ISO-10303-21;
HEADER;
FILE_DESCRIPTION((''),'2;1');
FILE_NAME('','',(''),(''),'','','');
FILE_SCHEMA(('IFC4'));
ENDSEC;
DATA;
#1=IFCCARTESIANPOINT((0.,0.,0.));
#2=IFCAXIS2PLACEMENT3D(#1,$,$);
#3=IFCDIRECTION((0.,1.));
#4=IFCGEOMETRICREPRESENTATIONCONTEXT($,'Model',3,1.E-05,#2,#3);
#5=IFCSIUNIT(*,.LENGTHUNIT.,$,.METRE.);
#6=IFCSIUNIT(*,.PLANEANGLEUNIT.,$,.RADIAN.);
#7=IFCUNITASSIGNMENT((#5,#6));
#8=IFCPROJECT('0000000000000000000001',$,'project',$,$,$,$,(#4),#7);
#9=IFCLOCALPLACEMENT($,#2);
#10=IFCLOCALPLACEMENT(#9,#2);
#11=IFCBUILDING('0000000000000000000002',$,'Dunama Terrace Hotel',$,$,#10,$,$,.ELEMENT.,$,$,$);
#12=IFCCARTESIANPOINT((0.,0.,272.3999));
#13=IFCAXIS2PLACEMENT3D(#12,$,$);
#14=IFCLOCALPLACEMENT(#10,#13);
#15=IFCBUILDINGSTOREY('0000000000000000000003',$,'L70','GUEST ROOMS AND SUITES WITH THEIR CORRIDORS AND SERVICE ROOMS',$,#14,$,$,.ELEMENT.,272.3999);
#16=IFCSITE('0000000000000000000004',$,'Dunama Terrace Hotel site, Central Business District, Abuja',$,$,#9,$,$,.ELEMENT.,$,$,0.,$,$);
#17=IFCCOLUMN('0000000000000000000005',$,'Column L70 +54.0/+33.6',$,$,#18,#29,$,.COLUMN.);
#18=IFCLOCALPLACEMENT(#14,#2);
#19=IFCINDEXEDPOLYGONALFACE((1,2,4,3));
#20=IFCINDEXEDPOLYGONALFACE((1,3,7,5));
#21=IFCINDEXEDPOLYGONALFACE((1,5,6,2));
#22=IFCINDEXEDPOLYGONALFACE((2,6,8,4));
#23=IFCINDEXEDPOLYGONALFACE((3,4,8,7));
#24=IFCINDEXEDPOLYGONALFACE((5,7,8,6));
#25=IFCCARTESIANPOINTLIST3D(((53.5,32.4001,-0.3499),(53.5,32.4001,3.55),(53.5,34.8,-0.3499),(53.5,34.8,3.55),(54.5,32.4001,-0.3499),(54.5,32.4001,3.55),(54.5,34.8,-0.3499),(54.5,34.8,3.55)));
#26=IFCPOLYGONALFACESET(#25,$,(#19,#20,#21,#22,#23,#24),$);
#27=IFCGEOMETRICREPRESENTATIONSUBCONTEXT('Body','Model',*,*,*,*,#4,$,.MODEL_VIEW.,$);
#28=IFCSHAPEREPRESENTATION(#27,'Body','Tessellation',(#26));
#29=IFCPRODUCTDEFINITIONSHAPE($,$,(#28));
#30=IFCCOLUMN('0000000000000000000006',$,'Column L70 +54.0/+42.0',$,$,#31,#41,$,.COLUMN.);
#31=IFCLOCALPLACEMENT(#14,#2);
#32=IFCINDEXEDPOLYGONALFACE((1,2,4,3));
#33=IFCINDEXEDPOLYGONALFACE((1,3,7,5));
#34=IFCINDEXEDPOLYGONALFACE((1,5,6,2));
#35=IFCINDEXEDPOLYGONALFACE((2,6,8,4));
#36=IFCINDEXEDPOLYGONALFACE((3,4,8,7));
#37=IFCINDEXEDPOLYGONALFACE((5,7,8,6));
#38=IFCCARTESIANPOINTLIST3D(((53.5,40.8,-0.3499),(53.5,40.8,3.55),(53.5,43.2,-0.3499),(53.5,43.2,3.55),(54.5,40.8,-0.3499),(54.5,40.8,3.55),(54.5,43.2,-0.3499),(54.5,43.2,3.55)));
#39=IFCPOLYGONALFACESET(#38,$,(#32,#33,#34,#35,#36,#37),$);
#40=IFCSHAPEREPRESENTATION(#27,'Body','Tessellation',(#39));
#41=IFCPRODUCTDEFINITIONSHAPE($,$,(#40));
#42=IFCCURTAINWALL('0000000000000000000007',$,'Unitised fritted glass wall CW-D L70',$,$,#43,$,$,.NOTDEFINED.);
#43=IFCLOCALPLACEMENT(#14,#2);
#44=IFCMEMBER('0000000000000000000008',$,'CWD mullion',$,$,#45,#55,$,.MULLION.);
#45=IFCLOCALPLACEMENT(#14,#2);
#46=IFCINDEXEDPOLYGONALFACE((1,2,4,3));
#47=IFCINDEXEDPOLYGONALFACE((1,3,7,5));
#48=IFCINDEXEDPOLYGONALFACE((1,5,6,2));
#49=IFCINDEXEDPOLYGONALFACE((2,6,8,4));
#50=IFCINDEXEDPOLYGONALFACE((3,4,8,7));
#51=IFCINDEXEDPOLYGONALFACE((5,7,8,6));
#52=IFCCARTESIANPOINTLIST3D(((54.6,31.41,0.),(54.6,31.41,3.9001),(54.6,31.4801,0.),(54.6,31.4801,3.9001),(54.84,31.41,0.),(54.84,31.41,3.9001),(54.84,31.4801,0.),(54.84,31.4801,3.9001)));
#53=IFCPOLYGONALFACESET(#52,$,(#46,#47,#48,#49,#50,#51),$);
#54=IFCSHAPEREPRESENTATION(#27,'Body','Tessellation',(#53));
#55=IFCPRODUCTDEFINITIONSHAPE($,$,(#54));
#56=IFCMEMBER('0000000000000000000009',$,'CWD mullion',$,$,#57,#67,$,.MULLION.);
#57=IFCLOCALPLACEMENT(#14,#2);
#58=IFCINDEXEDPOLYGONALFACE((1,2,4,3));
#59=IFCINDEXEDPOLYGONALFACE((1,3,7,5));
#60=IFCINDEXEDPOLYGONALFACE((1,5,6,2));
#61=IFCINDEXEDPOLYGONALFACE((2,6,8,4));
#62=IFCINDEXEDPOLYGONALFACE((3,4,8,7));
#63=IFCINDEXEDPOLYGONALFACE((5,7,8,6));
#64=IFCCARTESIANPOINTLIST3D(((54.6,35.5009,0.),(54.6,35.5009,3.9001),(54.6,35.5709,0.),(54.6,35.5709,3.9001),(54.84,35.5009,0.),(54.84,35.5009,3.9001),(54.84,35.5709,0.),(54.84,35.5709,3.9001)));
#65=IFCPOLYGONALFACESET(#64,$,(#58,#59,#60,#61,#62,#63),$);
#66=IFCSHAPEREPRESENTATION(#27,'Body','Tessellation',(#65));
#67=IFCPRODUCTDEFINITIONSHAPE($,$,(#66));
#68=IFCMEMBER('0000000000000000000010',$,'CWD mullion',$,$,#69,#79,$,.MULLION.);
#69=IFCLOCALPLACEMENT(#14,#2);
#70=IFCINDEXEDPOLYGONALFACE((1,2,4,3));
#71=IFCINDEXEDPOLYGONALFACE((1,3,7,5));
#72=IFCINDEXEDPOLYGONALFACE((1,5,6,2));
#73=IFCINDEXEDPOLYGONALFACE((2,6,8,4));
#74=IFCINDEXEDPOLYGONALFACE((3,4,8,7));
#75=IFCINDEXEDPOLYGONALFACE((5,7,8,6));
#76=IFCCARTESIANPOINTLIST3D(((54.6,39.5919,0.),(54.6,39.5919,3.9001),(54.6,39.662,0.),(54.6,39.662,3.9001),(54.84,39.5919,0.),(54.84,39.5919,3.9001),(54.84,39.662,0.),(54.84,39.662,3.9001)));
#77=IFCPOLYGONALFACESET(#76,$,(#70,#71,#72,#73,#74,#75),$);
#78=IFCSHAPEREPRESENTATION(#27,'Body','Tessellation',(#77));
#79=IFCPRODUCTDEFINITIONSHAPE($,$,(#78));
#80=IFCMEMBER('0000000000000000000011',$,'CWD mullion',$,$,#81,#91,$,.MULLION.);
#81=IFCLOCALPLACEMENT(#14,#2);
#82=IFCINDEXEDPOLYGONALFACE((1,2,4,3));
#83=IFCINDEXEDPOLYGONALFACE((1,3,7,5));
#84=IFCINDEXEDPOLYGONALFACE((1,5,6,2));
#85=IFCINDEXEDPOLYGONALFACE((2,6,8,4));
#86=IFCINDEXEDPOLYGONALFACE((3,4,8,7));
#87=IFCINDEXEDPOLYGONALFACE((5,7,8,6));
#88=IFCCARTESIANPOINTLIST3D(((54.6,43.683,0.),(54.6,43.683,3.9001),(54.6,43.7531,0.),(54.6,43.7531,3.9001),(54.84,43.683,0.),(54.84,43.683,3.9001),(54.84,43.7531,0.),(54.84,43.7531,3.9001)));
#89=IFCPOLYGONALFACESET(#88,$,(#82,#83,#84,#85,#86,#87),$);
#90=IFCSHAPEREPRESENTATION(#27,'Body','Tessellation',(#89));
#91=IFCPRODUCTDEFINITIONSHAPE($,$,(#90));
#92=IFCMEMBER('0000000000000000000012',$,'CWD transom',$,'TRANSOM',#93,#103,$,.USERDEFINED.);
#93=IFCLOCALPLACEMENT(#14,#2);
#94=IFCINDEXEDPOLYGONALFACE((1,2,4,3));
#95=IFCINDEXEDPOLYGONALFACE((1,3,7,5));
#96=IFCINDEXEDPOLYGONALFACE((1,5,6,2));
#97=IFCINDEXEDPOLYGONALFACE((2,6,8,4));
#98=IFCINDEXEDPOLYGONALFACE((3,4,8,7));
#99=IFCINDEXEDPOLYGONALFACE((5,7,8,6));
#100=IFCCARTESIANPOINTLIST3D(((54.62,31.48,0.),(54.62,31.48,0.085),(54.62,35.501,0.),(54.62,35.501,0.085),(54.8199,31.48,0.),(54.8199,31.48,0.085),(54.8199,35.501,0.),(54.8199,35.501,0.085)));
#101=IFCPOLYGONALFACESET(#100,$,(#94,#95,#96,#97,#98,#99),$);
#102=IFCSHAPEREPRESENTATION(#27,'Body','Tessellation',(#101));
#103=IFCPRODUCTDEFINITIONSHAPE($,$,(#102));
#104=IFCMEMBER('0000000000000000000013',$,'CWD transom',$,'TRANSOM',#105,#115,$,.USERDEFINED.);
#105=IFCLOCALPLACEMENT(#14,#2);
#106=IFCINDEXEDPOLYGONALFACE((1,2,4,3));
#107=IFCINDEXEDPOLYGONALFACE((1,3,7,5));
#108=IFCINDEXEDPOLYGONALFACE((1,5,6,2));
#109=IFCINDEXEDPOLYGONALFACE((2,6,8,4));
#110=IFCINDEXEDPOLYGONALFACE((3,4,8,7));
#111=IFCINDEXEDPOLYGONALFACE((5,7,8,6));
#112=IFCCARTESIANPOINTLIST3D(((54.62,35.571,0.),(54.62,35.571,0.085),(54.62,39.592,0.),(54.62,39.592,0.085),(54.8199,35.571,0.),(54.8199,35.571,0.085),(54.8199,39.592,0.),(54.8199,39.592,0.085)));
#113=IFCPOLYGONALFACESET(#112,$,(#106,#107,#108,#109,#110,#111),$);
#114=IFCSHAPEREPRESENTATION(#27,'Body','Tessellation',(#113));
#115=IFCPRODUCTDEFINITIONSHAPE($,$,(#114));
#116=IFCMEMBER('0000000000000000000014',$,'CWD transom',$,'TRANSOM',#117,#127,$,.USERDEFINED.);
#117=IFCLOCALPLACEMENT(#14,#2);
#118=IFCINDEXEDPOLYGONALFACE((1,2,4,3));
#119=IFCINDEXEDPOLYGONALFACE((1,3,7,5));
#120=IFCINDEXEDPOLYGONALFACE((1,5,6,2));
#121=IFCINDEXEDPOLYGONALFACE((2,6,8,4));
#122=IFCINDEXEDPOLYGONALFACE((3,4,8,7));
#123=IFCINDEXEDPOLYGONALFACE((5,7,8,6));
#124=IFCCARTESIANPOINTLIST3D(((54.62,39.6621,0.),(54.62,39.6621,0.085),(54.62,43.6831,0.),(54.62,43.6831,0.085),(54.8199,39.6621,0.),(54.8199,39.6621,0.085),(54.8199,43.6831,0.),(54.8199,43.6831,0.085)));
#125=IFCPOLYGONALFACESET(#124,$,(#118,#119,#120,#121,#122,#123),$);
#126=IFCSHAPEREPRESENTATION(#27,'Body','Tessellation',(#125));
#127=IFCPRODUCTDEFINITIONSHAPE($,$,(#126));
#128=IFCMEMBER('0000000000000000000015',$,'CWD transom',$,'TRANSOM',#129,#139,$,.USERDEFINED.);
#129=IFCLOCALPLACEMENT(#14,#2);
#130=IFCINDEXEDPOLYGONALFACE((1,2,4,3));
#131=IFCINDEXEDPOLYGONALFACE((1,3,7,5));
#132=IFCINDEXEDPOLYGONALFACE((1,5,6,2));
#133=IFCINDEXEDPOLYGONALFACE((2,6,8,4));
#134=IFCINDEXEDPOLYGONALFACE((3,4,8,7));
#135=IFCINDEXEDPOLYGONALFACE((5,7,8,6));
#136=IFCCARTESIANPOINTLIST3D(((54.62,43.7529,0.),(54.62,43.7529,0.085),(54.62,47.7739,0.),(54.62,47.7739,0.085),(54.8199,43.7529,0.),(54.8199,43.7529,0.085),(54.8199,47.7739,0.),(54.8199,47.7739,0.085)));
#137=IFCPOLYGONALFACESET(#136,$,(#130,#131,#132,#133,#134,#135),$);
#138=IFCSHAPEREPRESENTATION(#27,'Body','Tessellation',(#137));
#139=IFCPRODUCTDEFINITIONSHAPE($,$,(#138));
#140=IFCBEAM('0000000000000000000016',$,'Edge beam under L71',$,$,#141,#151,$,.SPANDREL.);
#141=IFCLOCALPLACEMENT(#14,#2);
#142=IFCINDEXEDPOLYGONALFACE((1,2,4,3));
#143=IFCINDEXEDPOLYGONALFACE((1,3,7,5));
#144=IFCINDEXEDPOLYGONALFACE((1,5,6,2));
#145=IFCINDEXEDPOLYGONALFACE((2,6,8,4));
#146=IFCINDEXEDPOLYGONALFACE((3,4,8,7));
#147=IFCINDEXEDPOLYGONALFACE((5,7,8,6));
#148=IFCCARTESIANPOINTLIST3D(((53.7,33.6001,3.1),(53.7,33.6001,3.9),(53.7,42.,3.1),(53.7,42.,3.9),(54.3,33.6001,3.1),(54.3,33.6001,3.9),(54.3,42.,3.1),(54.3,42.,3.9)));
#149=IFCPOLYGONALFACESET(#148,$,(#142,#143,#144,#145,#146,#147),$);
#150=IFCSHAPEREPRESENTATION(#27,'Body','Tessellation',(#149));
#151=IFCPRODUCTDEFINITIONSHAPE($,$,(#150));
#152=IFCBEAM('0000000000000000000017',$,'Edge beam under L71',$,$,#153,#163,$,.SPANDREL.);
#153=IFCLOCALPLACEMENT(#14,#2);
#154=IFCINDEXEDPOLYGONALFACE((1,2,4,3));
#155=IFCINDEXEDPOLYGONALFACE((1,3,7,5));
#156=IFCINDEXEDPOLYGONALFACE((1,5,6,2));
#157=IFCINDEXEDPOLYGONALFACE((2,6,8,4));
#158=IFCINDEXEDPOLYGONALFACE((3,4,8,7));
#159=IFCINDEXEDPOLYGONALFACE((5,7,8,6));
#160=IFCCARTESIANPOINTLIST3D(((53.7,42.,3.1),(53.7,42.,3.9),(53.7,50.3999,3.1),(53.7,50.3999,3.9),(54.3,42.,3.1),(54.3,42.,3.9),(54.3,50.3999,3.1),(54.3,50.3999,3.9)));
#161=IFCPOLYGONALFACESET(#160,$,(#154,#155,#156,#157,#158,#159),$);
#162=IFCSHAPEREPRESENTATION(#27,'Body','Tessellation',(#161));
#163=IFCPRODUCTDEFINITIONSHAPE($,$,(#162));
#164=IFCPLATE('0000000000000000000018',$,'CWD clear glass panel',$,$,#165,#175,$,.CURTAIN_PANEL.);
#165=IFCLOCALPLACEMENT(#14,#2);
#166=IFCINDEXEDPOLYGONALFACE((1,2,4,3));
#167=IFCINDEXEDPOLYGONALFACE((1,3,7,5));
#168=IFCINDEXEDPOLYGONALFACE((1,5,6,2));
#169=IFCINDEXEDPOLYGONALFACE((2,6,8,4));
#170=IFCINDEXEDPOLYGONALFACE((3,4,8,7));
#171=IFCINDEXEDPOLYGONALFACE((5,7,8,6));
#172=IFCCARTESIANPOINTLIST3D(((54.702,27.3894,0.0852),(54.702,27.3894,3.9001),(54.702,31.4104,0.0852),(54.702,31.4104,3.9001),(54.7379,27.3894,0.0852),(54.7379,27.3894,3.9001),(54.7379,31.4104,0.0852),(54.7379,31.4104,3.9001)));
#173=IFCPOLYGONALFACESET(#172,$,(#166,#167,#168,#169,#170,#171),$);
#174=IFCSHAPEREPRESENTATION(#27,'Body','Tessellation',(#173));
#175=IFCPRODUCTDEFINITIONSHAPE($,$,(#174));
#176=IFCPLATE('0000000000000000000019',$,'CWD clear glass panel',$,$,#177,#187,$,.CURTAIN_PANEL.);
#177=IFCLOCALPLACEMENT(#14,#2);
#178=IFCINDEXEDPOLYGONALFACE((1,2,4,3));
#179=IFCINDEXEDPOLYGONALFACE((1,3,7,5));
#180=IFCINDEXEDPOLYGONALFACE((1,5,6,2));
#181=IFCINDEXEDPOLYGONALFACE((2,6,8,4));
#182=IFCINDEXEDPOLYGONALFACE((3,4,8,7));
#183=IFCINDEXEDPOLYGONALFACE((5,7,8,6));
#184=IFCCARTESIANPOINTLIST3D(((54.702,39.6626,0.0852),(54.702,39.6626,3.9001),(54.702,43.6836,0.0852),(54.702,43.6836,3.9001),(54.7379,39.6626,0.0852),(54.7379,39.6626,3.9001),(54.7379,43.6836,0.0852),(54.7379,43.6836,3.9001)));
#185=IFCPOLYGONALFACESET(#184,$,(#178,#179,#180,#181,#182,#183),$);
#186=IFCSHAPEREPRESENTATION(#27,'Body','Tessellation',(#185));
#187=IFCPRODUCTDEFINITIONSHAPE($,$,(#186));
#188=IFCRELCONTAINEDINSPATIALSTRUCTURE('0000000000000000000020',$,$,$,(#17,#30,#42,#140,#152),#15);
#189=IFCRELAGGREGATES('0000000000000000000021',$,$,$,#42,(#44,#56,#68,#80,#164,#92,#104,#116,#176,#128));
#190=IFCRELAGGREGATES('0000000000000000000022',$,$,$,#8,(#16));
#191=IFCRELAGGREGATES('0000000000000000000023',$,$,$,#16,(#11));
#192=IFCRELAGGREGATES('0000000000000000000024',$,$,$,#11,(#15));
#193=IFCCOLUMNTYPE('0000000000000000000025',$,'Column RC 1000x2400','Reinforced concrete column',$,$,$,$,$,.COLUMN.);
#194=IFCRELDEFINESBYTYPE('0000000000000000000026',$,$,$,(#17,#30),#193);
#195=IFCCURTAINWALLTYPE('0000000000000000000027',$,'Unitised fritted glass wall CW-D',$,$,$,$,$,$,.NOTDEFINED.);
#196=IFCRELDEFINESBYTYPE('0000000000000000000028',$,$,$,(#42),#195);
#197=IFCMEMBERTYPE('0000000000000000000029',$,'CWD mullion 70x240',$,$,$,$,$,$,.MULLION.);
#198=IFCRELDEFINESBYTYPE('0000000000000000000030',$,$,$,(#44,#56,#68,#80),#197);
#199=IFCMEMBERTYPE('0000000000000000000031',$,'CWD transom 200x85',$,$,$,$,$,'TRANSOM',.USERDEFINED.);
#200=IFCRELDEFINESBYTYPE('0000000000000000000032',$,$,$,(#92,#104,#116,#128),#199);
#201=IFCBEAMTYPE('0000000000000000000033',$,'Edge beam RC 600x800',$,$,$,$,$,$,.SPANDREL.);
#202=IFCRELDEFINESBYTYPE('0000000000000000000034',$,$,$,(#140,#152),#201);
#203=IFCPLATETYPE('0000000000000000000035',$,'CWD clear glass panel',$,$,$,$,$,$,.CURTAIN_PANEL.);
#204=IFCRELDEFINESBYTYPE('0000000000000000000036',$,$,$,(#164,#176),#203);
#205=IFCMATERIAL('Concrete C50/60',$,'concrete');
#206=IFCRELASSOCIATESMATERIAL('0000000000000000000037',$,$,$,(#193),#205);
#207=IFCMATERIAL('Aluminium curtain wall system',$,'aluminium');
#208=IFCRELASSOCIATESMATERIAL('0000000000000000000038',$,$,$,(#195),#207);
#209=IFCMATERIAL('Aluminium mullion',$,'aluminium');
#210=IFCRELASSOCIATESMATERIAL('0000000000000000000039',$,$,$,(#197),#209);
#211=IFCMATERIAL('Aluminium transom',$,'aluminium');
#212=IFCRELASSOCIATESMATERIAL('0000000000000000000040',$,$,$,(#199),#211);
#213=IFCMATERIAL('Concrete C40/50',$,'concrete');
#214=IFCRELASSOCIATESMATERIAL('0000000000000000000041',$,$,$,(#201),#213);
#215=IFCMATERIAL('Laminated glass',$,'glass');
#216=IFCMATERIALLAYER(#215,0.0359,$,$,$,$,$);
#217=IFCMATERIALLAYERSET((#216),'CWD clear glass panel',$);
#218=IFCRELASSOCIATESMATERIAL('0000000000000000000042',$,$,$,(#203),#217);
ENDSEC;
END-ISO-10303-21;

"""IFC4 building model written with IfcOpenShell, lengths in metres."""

from ifc_helpers import new_model, si_unit, direction, frame, origin, origin_2d, place, context, subcontext, project, spatial, rectangle, extrude, material, layer, layer_set, material_profile, profile_set, type_object, element, aggregate, save


model = new_model("IFC4")

# Units and contexts
model_context = context("Model", 3, precision=1e-05, world=origin(), true_north=direction((0.0, 1.0)))
body_context = subcontext(model_context, "Body", "Model", "MODEL_VIEW")
ifc_project = project(units=[si_unit("LENGTHUNIT", "METRE"), si_unit("PLANEANGLEUNIT", "RADIAN")], contexts=[model_context])

# Site, building, storey
site_placement = place(None, origin())
site = spatial("IfcSite", under=ifc_project, at=site_placement, Name="Dunama Terrace Hotel site, Central Business District, Abuja", CompositionType="ELEMENT", RefElevation=0.0)
building_placement = place(site_placement, origin())
building = spatial("IfcBuilding", under=site, at=building_placement, Name="Dunama Terrace Hotel", CompositionType="ELEMENT")
storey_placement = place(building_placement, frame((0.0, 0.0, 272.3999)))
storey = spatial("IfcBuildingStorey", under=building, at=storey_placement, Name="L70", Description="GUEST ROOMS AND SUITES WITH THEIR CORRIDORS AND SERVICE ROOMS", CompositionType="ELEMENT", Elevation=272.3999)

# Columns
ifc_material_1 = material(Name="Concrete C50/60", Category="concrete")
ifc_material_profile_1 = material_profile(ifc_material_1, rectangle(XDim=1.0, YDim=2.3999, at=origin_2d()), Name="RC 1000x2400")
ifc_profile_set_1 = profile_set([ifc_material_profile_1], Name="Concrete C50/60")
column_type = type_object("IfcColumnType", Name="Column RC 1000x2400", Description="Reinforced concrete column", PredefinedType="COLUMN", material=ifc_profile_set_1)
for number, where, z_axis, x_axis, name in (
    (1, (54.0, 33.6001, -0.3499), (0.0, 0.0, 1.0), (1.0, 0.0, 0.0), "Column L70 +54.0/+33.6"),
    (2, (54.0, 42.0, -0.3499), (0.0, 0.0, 1.0), (1.0, 0.0, 0.0), "Column L70 +54.0/+42.0"),
):
    element("IfcColumn", number, at=place(storey_placement, frame(where, z_axis=z_axis, x_axis=x_axis)), inside=storey, type_object=column_type, Name=name, PredefinedType="COLUMN", context=body_context, shape_type="SweptSolid", body=[
        extrude(rectangle(XDim=1.0, YDim=2.3999, at=origin_2d()), origin(), (0.0, 0.0, 1.0), 3.8999),
    ])

# Curtain wall, members
ifc_material_2 = material(Name="Aluminium curtain wall system", Category="aluminium")
curtain_wall_type = type_object("IfcCurtainWallType", Name="Unitised fritted glass wall CW-D", PredefinedType="NOTDEFINED", material=ifc_material_2)
curtain_wall_placement = place(storey_placement, origin())
curtain_wall = element("IfcCurtainWall", 3, at=curtain_wall_placement, inside=storey, type_object=curtain_wall_type, Name="Unitised fritted glass wall CW-D L70", PredefinedType="NOTDEFINED")
ifc_material_3 = material(Name="Aluminium mullion", Category="aluminium")
ifc_material_profile_2 = material_profile(ifc_material_3, rectangle(XDim=0.0701, YDim=0.24, at=origin_2d()), Name="CWD MULLION 70X240")
ifc_profile_set_2 = profile_set([ifc_material_profile_2], Name="Aluminium mullion")
member_type_1 = type_object("IfcMemberType", Name="CWD mullion 70x240", PredefinedType="MULLION", material=ifc_profile_set_2)
member_1_placement = place(storey_placement, frame((54.72, 31.4451, 0.0), z_axis=(0.0, 0.0, 1.0), x_axis=(0.0, 1.0, 0.0)))
member_1 = element("IfcMember", 4, at=member_1_placement, type_object=member_type_1, Name="CWD mullion", PredefinedType="MULLION", context=body_context, shape_type="SweptSolid", body=[
    extrude(rectangle(XDim=0.0701, YDim=0.24, at=origin_2d()), origin(), (0.0, 0.0, 1.0), 3.9001),
])
member_2_placement = place(storey_placement, frame((54.72, 35.5359, 0.0), z_axis=(0.0, 0.0, 1.0), x_axis=(0.0, 1.0, 0.0)))
member_2 = element("IfcMember", 5, at=member_2_placement, type_object=member_type_1, Name="CWD mullion", PredefinedType="MULLION", context=body_context, shape_type="SweptSolid", body=[
    extrude(rectangle(XDim=0.0701, YDim=0.24, at=origin_2d()), origin(), (0.0, 0.0, 1.0), 3.9001),
])
member_3_placement = place(storey_placement, frame((54.72, 39.627, 0.0), z_axis=(0.0, 0.0, 1.0), x_axis=(0.0, 1.0, 0.0)))
member_3 = element("IfcMember", 6, at=member_3_placement, type_object=member_type_1, Name="CWD mullion", PredefinedType="MULLION", context=body_context, shape_type="SweptSolid", body=[
    extrude(rectangle(XDim=0.0701, YDim=0.24, at=origin_2d()), origin(), (0.0, 0.0, 1.0), 3.9001),
])
member_4_placement = place(storey_placement, frame((54.72, 43.718, 0.0), z_axis=(0.0, 0.0, 1.0), x_axis=(0.0, 1.0, 0.0)))
member_4 = element("IfcMember", 7, at=member_4_placement, type_object=member_type_1, Name="CWD mullion", PredefinedType="MULLION", context=body_context, shape_type="SweptSolid", body=[
    extrude(rectangle(XDim=0.0701, YDim=0.24, at=origin_2d()), origin(), (0.0, 0.0, 1.0), 3.9001),
])
ifc_material_4 = material(Name="Aluminium transom", Category="aluminium")
ifc_material_profile_3 = material_profile(ifc_material_4, rectangle(XDim=0.2, YDim=0.085, at=origin_2d()), Name="CWD TRANSOM 200X85")
ifc_profile_set_3 = profile_set([ifc_material_profile_3], Name="Aluminium transom")
member_type_2 = type_object("IfcMemberType", Name="CWD transom 200x85", ElementType="TRANSOM", PredefinedType="USERDEFINED", material=ifc_profile_set_3)
member_5_placement = place(storey_placement, frame((54.72, 31.48, 0.0425), z_axis=(0.0, 1.0, 0.0), x_axis=(-1.0, 0.0, 0.0)))
member_5 = element("IfcMember", 8, at=member_5_placement, type_object=member_type_2, Name="CWD transom", ObjectType="TRANSOM", PredefinedType="USERDEFINED", context=body_context, shape_type="SweptSolid", body=[
    extrude(rectangle(XDim=0.2, YDim=0.085, at=origin_2d()), origin(), (0.0, 0.0, 1.0), 4.021),
])
member_6_placement = place(storey_placement, frame((54.72, 35.571, 0.0425), z_axis=(0.0, 1.0, 0.0), x_axis=(-1.0, 0.0, 0.0)))
member_6 = element("IfcMember", 9, at=member_6_placement, type_object=member_type_2, Name="CWD transom", ObjectType="TRANSOM", PredefinedType="USERDEFINED", context=body_context, shape_type="SweptSolid", body=[
    extrude(rectangle(XDim=0.2, YDim=0.085, at=origin_2d()), origin(), (0.0, 0.0, 1.0), 4.021),
])
member_7_placement = place(storey_placement, frame((54.72, 39.6621, 0.0425), z_axis=(0.0, 1.0, 0.0), x_axis=(-1.0, 0.0, 0.0)))
member_7 = element("IfcMember", 10, at=member_7_placement, type_object=member_type_2, Name="CWD transom", ObjectType="TRANSOM", PredefinedType="USERDEFINED", context=body_context, shape_type="SweptSolid", body=[
    extrude(rectangle(XDim=0.2, YDim=0.085, at=origin_2d()), origin(), (0.0, 0.0, 1.0), 4.021),
])
member_8_placement = place(storey_placement, frame((54.72, 43.7529, 0.0425), z_axis=(0.0, 1.0, 0.0), x_axis=(-1.0, 0.0, 0.0)))
member_8 = element("IfcMember", 11, at=member_8_placement, type_object=member_type_2, Name="CWD transom", ObjectType="TRANSOM", PredefinedType="USERDEFINED", context=body_context, shape_type="SweptSolid", body=[
    extrude(rectangle(XDim=0.2, YDim=0.085, at=origin_2d()), origin(), (0.0, 0.0, 1.0), 4.021),
])

# Beams
ifc_material_5 = material(Name="Concrete C40/50", Category="concrete")
ifc_material_profile_4 = material_profile(ifc_material_5, rectangle(XDim=0.6001, YDim=0.8, at=origin_2d()), Name="RC 600x800")
ifc_profile_set_4 = profile_set([ifc_material_profile_4], Name="Concrete C40/50")
beam_type = type_object("IfcBeamType", Name="Edge beam RC 600x800", PredefinedType="SPANDREL", material=ifc_profile_set_4)
for number, where, z_axis, x_axis, name in (
    (12, (54.0, 33.6001, 3.5), (0.0, 1.0, 0.0), (-1.0, 0.0, 0.0), "Edge beam under L71"),
    (13, (54.0, 42.0, 3.5), (0.0, 1.0, 0.0), (-1.0, 0.0, 0.0), "Edge beam under L71"),
):
    element("IfcBeam", number, at=place(storey_placement, frame(where, z_axis=z_axis, x_axis=x_axis)), inside=storey, type_object=beam_type, Name=name, PredefinedType="SPANDREL", context=body_context, shape_type="SweptSolid", body=[
        extrude(rectangle(XDim=0.6001, YDim=0.8, at=origin_2d()), origin(), (0.0, 0.0, 1.0), 8.3999),
    ])

# Plates
ifc_material_6 = material(Name="Laminated glass", Category="glass")
ifc_layer_1 = layer(ifc_material_6, 0.0359)
ifc_layer_set_1 = layer_set([ifc_layer_1], Name="CWD clear glass panel")
plate_type_1 = type_object("IfcPlateType", Name="CWD clear glass panel", PredefinedType="CURTAIN_PANEL", material=ifc_layer_set_1)
plate_1_placement = place(storey_placement, frame((54.72, 29.3999, 0.0852), z_axis=(0.0, 0.0, 1.0), x_axis=(0.0, 1.0, 0.0)))
plate_1 = element("IfcPlate", 14, at=plate_1_placement, type_object=plate_type_1, Name="CWD clear glass panel", PredefinedType="CURTAIN_PANEL", context=body_context, shape_type="SweptSolid", body=[
    extrude(rectangle(XDim=4.021, YDim=0.0359, at=origin_2d()), origin(), (0.0, 0.0, 1.0), 3.8149),
])
plate_2_placement = place(storey_placement, frame((54.72, 41.6731, 0.0852), z_axis=(0.0, 0.0, 1.0), x_axis=(0.0, 1.0, 0.0)))
plate_2 = element("IfcPlate", 15, at=plate_2_placement, type_object=plate_type_1, Name="CWD clear glass panel", PredefinedType="CURTAIN_PANEL", context=body_context, shape_type="SweptSolid", body=[
    extrude(rectangle(XDim=4.021, YDim=0.0359, at=origin_2d()), origin(), (0.0, 0.0, 1.0), 3.8149),
])
aggregate(curtain_wall, [member_1, member_2, member_3, member_4, plate_1, member_5, member_6, member_7, plate_2, member_8])

save(model, "model.ifc")
